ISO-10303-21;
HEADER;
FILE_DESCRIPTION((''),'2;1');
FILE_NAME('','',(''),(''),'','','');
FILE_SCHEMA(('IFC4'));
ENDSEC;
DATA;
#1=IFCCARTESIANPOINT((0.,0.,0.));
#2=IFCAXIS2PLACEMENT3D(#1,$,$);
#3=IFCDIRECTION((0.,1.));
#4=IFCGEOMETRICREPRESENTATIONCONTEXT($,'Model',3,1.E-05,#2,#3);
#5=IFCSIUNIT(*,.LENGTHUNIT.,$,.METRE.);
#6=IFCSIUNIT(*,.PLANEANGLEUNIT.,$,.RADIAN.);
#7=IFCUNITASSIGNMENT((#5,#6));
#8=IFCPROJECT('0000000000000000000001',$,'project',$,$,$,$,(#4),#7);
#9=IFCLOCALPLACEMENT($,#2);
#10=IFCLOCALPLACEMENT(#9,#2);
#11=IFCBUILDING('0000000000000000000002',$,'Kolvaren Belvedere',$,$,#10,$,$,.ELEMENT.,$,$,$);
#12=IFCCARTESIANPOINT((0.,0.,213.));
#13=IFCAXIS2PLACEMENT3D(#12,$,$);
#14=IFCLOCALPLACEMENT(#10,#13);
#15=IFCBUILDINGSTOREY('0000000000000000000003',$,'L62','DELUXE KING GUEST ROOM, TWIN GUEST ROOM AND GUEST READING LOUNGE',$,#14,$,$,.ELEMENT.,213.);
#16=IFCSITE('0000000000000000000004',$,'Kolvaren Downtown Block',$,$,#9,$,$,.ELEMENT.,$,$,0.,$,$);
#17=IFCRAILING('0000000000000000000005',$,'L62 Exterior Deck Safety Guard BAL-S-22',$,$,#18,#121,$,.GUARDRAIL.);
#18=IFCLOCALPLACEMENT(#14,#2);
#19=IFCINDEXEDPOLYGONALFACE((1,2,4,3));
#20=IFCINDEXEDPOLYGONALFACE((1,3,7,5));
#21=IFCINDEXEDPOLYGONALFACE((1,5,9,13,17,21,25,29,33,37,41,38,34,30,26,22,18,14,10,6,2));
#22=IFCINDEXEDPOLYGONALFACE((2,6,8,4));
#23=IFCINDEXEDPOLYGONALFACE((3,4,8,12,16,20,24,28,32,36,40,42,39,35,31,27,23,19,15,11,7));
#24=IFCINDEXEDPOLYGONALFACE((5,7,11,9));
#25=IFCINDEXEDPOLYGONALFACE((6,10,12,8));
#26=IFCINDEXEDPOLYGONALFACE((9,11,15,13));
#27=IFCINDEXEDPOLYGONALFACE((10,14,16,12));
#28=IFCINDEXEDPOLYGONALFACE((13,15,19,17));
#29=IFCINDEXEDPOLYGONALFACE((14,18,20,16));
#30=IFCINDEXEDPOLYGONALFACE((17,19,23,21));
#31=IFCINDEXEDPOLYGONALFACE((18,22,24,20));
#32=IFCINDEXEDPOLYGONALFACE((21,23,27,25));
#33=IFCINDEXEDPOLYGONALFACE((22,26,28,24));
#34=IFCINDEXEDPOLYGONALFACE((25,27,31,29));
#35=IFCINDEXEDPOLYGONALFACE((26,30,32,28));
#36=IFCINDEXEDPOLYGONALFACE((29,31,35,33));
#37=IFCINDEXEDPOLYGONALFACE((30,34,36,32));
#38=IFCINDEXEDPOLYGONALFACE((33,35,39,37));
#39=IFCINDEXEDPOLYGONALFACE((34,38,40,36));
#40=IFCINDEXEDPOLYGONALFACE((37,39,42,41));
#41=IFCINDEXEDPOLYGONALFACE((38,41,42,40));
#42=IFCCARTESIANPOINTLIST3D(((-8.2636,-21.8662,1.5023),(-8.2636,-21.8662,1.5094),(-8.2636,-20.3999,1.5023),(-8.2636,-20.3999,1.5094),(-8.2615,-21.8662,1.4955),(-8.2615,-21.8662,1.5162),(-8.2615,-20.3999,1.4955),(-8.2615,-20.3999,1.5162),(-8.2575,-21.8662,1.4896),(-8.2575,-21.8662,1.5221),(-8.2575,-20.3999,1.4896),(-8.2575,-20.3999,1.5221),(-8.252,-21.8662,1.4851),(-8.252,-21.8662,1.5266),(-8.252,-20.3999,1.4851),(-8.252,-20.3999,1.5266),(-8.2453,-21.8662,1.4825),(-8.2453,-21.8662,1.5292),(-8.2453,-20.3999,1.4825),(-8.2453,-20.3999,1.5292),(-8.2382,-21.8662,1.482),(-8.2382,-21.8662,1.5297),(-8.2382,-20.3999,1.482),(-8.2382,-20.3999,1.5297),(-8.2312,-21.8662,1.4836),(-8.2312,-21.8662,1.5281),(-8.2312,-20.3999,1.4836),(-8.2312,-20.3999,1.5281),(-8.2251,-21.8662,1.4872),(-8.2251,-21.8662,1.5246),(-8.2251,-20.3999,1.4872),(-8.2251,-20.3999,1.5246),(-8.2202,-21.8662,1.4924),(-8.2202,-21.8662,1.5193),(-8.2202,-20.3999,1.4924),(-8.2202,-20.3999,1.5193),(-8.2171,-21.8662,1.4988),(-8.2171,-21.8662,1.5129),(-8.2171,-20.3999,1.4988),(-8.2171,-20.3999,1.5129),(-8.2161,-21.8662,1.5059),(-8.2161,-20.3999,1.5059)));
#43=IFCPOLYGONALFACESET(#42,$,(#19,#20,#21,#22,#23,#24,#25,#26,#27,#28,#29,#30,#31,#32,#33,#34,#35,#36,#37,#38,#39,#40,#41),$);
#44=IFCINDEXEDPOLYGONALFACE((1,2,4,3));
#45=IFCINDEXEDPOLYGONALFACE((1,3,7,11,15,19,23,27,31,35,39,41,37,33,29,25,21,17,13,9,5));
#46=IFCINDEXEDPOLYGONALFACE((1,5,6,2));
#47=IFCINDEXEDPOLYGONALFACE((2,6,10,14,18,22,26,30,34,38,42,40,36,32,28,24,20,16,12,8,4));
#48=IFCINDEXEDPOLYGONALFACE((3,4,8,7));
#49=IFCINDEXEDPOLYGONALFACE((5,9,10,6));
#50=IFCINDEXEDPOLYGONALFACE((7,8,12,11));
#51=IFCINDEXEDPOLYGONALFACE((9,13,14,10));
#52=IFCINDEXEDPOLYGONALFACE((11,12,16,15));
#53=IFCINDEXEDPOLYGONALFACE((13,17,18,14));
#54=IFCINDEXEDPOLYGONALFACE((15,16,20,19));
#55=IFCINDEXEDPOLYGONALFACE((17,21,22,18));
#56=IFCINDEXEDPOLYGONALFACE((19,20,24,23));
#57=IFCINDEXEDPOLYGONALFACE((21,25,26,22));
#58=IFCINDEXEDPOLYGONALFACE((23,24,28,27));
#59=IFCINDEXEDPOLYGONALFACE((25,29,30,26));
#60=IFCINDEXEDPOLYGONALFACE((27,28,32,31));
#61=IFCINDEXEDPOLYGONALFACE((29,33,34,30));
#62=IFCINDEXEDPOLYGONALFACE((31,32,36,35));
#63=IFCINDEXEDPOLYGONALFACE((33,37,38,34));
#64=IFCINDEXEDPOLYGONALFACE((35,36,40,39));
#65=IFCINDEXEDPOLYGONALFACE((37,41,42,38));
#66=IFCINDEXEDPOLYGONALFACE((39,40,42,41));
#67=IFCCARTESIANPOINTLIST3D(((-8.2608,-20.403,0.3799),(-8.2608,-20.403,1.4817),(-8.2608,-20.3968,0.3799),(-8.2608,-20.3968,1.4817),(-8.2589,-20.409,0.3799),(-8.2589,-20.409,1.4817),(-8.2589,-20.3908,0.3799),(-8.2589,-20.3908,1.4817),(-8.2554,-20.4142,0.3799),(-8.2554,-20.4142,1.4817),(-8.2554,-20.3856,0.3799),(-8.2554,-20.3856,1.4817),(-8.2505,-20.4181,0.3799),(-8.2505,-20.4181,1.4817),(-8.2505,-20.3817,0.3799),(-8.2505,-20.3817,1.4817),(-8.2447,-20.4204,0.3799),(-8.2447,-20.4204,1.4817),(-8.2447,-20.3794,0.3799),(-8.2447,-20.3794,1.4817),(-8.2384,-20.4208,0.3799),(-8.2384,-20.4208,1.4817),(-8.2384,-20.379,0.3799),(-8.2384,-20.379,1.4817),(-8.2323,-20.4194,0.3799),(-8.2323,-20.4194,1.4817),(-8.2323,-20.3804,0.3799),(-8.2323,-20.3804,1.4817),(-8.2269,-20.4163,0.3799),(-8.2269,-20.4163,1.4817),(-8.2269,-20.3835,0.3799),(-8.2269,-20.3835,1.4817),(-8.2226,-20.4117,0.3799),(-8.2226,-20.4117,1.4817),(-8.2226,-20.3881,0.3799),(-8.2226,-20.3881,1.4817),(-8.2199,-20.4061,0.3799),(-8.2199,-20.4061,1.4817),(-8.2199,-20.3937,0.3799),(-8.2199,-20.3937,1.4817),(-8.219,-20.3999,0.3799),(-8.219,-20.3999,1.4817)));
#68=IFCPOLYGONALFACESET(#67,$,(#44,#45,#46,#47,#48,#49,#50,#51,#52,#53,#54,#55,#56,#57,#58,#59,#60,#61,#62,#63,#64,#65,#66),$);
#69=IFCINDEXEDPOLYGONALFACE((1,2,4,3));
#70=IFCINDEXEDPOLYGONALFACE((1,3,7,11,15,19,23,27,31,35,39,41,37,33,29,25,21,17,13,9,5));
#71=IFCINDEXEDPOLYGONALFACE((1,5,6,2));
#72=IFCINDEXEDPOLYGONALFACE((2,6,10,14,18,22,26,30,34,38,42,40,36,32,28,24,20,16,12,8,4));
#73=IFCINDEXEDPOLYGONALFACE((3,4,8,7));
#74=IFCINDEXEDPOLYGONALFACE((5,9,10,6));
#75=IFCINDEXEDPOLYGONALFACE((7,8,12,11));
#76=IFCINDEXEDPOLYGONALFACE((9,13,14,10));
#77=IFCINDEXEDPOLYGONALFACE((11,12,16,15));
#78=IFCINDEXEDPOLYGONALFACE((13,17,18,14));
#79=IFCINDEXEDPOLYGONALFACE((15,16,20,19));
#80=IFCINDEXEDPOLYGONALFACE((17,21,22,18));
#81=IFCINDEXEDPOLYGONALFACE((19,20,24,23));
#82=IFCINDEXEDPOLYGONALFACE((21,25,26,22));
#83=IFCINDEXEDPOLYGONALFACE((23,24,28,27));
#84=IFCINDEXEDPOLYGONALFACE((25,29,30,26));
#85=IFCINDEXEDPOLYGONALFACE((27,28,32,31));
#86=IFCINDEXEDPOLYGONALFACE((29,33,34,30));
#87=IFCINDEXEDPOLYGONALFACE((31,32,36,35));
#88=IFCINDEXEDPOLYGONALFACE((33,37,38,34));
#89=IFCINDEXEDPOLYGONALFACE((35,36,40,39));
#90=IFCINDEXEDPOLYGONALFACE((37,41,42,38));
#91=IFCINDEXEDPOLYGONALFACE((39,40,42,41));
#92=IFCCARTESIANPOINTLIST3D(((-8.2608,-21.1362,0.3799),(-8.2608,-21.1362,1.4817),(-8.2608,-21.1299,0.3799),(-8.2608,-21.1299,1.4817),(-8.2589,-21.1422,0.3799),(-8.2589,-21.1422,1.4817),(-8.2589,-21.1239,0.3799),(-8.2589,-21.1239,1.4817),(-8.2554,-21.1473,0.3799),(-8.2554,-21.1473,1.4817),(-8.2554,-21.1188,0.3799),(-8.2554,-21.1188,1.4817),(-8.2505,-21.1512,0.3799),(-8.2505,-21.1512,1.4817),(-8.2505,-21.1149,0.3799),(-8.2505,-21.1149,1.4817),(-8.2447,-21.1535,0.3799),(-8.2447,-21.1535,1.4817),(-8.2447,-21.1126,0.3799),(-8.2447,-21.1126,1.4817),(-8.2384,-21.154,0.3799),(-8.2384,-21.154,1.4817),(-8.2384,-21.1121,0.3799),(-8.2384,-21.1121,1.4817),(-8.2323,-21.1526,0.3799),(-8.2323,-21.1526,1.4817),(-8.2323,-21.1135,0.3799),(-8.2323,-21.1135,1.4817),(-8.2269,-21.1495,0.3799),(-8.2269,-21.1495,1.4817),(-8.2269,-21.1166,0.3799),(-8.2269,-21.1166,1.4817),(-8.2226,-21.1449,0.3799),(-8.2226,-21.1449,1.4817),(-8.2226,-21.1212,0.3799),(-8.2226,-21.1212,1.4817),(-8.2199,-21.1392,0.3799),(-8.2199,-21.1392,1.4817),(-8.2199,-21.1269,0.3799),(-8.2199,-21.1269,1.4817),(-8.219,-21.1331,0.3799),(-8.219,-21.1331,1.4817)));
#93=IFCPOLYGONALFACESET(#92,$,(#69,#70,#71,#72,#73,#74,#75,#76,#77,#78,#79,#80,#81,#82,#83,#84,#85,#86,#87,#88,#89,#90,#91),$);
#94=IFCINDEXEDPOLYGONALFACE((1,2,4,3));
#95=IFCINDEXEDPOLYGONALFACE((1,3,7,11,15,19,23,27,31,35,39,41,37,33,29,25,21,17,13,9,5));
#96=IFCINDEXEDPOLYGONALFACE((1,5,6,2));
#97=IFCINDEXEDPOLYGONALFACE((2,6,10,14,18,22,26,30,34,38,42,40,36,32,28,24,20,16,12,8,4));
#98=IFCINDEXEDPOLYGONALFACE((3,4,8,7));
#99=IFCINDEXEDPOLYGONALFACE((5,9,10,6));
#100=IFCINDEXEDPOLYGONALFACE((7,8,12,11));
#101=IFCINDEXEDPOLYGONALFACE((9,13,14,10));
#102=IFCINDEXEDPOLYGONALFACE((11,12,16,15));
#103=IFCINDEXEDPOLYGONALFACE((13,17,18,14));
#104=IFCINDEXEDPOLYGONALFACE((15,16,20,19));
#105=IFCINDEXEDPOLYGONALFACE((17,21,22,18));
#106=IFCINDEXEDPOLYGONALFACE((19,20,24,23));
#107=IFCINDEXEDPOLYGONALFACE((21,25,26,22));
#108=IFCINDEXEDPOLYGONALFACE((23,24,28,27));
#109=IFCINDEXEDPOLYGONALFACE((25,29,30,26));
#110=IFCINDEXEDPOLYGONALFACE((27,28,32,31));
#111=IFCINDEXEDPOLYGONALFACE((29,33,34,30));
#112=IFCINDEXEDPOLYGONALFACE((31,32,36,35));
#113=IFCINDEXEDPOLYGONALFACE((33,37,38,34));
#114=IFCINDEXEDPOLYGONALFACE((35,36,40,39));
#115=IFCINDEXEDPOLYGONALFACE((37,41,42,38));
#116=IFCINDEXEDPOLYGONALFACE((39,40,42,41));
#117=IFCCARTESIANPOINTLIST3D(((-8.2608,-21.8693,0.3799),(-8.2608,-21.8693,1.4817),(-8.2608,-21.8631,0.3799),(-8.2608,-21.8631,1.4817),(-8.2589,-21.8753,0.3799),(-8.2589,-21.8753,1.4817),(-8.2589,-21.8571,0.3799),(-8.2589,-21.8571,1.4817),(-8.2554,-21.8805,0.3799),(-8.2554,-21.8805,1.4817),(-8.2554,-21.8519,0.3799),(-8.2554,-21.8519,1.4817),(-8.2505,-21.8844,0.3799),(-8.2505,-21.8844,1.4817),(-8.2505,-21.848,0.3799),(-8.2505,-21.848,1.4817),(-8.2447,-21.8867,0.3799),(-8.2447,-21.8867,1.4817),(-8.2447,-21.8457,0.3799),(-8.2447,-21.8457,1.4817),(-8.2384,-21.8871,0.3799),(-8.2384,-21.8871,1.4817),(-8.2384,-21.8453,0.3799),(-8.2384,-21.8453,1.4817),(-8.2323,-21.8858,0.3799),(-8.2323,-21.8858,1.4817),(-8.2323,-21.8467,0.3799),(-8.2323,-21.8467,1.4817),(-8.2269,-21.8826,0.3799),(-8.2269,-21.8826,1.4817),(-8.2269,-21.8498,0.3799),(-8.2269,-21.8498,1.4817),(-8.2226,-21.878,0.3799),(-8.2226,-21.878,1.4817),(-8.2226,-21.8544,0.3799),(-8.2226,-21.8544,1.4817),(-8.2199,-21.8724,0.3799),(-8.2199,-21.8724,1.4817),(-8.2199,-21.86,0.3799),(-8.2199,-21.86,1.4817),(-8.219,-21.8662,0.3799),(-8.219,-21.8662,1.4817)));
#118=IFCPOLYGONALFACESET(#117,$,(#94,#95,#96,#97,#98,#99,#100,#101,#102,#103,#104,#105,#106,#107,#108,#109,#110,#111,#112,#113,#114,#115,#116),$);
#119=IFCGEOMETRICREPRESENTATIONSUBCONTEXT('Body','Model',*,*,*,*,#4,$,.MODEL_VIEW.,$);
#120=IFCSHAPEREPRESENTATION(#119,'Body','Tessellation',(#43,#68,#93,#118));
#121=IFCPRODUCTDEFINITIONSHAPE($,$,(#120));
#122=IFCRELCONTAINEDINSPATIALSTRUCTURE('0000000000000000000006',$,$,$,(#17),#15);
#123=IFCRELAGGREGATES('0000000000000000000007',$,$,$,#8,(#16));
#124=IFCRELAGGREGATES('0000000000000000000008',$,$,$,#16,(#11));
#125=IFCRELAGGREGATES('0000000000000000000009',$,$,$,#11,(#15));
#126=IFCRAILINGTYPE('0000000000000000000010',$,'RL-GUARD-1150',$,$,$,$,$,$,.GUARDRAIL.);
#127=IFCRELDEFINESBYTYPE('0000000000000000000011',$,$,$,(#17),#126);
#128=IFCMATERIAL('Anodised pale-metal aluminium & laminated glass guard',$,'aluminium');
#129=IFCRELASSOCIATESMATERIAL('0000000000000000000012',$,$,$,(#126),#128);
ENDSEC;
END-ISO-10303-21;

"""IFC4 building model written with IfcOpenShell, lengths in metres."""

from ifc_helpers import new_model, si_unit, direction, frame, origin, origin_2d, place, context, subcontext, project, spatial, circle, extrude, material, type_object, element, save


model = new_model("IFC4")

# Units and contexts
model_context = context("Model", 3, precision=1e-05, world=origin(), true_north=direction((0.0, 1.0)))
body_context = subcontext(model_context, "Body", "Model", "MODEL_VIEW")
ifc_project = project(units=[si_unit("LENGTHUNIT", "METRE"), si_unit("PLANEANGLEUNIT", "RADIAN")], contexts=[model_context])

# Site, building, storey
site_placement = place(None, origin())
site = spatial("IfcSite", under=ifc_project, at=site_placement, Name="Kolvaren Downtown Block", CompositionType="ELEMENT", RefElevation=0.0)
building_placement = place(site_placement, origin())
building = spatial("IfcBuilding", under=site, at=building_placement, Name="Kolvaren Belvedere", CompositionType="ELEMENT")
storey_placement = place(building_placement, frame((0.0, 0.0, 213.0)))
storey = spatial("IfcBuildingStorey", under=building, at=storey_placement, Name="L62", Description="DELUXE KING GUEST ROOM, TWIN GUEST ROOM AND GUEST READING LOUNGE", CompositionType="ELEMENT", Elevation=213.0)

# Railing
ifc_material_1 = material(Name="Anodised pale-metal aluminium & laminated glass guard", Category="aluminium")
railing_type = type_object("IfcRailingType", Name="RL-GUARD-1150", PredefinedType="GUARDRAIL", material=ifc_material_1)
railing_1_placement = place(storey_placement, frame((-8.24, -20.3999, 0.3799)))
element("IfcRailing", 1, at=railing_1_placement, inside=storey, type_object=railing_type, Name="L62 Exterior Deck Safety Guard BAL-S-22", PredefinedType="GUARDRAIL", context=body_context, shape_type="SweptSolid", body=[
    extrude(circle(Radius=0.0239, at=origin_2d()), frame((0.0, 0.0, 1.126), z_axis=(0.0, -1.0, 0.0), x_axis=(1.0, 0.0, 0.0)), (0.0, 0.0, 1.0), 1.4663),
    extrude(circle(Radius=0.021, at=origin_2d()), origin(), (0.0, 0.0, 1.0), 1.1018),
    extrude(circle(Radius=0.021, at=origin_2d()), frame((0.0, -0.7332, 0.0)), (0.0, 0.0, 1.0), 1.1018),
    extrude(circle(Radius=0.021, at=origin_2d()), frame((0.0, -1.4663, 0.0)), (0.0, 0.0, 1.0), 1.1018),
])

save(model, "model.ifc")
